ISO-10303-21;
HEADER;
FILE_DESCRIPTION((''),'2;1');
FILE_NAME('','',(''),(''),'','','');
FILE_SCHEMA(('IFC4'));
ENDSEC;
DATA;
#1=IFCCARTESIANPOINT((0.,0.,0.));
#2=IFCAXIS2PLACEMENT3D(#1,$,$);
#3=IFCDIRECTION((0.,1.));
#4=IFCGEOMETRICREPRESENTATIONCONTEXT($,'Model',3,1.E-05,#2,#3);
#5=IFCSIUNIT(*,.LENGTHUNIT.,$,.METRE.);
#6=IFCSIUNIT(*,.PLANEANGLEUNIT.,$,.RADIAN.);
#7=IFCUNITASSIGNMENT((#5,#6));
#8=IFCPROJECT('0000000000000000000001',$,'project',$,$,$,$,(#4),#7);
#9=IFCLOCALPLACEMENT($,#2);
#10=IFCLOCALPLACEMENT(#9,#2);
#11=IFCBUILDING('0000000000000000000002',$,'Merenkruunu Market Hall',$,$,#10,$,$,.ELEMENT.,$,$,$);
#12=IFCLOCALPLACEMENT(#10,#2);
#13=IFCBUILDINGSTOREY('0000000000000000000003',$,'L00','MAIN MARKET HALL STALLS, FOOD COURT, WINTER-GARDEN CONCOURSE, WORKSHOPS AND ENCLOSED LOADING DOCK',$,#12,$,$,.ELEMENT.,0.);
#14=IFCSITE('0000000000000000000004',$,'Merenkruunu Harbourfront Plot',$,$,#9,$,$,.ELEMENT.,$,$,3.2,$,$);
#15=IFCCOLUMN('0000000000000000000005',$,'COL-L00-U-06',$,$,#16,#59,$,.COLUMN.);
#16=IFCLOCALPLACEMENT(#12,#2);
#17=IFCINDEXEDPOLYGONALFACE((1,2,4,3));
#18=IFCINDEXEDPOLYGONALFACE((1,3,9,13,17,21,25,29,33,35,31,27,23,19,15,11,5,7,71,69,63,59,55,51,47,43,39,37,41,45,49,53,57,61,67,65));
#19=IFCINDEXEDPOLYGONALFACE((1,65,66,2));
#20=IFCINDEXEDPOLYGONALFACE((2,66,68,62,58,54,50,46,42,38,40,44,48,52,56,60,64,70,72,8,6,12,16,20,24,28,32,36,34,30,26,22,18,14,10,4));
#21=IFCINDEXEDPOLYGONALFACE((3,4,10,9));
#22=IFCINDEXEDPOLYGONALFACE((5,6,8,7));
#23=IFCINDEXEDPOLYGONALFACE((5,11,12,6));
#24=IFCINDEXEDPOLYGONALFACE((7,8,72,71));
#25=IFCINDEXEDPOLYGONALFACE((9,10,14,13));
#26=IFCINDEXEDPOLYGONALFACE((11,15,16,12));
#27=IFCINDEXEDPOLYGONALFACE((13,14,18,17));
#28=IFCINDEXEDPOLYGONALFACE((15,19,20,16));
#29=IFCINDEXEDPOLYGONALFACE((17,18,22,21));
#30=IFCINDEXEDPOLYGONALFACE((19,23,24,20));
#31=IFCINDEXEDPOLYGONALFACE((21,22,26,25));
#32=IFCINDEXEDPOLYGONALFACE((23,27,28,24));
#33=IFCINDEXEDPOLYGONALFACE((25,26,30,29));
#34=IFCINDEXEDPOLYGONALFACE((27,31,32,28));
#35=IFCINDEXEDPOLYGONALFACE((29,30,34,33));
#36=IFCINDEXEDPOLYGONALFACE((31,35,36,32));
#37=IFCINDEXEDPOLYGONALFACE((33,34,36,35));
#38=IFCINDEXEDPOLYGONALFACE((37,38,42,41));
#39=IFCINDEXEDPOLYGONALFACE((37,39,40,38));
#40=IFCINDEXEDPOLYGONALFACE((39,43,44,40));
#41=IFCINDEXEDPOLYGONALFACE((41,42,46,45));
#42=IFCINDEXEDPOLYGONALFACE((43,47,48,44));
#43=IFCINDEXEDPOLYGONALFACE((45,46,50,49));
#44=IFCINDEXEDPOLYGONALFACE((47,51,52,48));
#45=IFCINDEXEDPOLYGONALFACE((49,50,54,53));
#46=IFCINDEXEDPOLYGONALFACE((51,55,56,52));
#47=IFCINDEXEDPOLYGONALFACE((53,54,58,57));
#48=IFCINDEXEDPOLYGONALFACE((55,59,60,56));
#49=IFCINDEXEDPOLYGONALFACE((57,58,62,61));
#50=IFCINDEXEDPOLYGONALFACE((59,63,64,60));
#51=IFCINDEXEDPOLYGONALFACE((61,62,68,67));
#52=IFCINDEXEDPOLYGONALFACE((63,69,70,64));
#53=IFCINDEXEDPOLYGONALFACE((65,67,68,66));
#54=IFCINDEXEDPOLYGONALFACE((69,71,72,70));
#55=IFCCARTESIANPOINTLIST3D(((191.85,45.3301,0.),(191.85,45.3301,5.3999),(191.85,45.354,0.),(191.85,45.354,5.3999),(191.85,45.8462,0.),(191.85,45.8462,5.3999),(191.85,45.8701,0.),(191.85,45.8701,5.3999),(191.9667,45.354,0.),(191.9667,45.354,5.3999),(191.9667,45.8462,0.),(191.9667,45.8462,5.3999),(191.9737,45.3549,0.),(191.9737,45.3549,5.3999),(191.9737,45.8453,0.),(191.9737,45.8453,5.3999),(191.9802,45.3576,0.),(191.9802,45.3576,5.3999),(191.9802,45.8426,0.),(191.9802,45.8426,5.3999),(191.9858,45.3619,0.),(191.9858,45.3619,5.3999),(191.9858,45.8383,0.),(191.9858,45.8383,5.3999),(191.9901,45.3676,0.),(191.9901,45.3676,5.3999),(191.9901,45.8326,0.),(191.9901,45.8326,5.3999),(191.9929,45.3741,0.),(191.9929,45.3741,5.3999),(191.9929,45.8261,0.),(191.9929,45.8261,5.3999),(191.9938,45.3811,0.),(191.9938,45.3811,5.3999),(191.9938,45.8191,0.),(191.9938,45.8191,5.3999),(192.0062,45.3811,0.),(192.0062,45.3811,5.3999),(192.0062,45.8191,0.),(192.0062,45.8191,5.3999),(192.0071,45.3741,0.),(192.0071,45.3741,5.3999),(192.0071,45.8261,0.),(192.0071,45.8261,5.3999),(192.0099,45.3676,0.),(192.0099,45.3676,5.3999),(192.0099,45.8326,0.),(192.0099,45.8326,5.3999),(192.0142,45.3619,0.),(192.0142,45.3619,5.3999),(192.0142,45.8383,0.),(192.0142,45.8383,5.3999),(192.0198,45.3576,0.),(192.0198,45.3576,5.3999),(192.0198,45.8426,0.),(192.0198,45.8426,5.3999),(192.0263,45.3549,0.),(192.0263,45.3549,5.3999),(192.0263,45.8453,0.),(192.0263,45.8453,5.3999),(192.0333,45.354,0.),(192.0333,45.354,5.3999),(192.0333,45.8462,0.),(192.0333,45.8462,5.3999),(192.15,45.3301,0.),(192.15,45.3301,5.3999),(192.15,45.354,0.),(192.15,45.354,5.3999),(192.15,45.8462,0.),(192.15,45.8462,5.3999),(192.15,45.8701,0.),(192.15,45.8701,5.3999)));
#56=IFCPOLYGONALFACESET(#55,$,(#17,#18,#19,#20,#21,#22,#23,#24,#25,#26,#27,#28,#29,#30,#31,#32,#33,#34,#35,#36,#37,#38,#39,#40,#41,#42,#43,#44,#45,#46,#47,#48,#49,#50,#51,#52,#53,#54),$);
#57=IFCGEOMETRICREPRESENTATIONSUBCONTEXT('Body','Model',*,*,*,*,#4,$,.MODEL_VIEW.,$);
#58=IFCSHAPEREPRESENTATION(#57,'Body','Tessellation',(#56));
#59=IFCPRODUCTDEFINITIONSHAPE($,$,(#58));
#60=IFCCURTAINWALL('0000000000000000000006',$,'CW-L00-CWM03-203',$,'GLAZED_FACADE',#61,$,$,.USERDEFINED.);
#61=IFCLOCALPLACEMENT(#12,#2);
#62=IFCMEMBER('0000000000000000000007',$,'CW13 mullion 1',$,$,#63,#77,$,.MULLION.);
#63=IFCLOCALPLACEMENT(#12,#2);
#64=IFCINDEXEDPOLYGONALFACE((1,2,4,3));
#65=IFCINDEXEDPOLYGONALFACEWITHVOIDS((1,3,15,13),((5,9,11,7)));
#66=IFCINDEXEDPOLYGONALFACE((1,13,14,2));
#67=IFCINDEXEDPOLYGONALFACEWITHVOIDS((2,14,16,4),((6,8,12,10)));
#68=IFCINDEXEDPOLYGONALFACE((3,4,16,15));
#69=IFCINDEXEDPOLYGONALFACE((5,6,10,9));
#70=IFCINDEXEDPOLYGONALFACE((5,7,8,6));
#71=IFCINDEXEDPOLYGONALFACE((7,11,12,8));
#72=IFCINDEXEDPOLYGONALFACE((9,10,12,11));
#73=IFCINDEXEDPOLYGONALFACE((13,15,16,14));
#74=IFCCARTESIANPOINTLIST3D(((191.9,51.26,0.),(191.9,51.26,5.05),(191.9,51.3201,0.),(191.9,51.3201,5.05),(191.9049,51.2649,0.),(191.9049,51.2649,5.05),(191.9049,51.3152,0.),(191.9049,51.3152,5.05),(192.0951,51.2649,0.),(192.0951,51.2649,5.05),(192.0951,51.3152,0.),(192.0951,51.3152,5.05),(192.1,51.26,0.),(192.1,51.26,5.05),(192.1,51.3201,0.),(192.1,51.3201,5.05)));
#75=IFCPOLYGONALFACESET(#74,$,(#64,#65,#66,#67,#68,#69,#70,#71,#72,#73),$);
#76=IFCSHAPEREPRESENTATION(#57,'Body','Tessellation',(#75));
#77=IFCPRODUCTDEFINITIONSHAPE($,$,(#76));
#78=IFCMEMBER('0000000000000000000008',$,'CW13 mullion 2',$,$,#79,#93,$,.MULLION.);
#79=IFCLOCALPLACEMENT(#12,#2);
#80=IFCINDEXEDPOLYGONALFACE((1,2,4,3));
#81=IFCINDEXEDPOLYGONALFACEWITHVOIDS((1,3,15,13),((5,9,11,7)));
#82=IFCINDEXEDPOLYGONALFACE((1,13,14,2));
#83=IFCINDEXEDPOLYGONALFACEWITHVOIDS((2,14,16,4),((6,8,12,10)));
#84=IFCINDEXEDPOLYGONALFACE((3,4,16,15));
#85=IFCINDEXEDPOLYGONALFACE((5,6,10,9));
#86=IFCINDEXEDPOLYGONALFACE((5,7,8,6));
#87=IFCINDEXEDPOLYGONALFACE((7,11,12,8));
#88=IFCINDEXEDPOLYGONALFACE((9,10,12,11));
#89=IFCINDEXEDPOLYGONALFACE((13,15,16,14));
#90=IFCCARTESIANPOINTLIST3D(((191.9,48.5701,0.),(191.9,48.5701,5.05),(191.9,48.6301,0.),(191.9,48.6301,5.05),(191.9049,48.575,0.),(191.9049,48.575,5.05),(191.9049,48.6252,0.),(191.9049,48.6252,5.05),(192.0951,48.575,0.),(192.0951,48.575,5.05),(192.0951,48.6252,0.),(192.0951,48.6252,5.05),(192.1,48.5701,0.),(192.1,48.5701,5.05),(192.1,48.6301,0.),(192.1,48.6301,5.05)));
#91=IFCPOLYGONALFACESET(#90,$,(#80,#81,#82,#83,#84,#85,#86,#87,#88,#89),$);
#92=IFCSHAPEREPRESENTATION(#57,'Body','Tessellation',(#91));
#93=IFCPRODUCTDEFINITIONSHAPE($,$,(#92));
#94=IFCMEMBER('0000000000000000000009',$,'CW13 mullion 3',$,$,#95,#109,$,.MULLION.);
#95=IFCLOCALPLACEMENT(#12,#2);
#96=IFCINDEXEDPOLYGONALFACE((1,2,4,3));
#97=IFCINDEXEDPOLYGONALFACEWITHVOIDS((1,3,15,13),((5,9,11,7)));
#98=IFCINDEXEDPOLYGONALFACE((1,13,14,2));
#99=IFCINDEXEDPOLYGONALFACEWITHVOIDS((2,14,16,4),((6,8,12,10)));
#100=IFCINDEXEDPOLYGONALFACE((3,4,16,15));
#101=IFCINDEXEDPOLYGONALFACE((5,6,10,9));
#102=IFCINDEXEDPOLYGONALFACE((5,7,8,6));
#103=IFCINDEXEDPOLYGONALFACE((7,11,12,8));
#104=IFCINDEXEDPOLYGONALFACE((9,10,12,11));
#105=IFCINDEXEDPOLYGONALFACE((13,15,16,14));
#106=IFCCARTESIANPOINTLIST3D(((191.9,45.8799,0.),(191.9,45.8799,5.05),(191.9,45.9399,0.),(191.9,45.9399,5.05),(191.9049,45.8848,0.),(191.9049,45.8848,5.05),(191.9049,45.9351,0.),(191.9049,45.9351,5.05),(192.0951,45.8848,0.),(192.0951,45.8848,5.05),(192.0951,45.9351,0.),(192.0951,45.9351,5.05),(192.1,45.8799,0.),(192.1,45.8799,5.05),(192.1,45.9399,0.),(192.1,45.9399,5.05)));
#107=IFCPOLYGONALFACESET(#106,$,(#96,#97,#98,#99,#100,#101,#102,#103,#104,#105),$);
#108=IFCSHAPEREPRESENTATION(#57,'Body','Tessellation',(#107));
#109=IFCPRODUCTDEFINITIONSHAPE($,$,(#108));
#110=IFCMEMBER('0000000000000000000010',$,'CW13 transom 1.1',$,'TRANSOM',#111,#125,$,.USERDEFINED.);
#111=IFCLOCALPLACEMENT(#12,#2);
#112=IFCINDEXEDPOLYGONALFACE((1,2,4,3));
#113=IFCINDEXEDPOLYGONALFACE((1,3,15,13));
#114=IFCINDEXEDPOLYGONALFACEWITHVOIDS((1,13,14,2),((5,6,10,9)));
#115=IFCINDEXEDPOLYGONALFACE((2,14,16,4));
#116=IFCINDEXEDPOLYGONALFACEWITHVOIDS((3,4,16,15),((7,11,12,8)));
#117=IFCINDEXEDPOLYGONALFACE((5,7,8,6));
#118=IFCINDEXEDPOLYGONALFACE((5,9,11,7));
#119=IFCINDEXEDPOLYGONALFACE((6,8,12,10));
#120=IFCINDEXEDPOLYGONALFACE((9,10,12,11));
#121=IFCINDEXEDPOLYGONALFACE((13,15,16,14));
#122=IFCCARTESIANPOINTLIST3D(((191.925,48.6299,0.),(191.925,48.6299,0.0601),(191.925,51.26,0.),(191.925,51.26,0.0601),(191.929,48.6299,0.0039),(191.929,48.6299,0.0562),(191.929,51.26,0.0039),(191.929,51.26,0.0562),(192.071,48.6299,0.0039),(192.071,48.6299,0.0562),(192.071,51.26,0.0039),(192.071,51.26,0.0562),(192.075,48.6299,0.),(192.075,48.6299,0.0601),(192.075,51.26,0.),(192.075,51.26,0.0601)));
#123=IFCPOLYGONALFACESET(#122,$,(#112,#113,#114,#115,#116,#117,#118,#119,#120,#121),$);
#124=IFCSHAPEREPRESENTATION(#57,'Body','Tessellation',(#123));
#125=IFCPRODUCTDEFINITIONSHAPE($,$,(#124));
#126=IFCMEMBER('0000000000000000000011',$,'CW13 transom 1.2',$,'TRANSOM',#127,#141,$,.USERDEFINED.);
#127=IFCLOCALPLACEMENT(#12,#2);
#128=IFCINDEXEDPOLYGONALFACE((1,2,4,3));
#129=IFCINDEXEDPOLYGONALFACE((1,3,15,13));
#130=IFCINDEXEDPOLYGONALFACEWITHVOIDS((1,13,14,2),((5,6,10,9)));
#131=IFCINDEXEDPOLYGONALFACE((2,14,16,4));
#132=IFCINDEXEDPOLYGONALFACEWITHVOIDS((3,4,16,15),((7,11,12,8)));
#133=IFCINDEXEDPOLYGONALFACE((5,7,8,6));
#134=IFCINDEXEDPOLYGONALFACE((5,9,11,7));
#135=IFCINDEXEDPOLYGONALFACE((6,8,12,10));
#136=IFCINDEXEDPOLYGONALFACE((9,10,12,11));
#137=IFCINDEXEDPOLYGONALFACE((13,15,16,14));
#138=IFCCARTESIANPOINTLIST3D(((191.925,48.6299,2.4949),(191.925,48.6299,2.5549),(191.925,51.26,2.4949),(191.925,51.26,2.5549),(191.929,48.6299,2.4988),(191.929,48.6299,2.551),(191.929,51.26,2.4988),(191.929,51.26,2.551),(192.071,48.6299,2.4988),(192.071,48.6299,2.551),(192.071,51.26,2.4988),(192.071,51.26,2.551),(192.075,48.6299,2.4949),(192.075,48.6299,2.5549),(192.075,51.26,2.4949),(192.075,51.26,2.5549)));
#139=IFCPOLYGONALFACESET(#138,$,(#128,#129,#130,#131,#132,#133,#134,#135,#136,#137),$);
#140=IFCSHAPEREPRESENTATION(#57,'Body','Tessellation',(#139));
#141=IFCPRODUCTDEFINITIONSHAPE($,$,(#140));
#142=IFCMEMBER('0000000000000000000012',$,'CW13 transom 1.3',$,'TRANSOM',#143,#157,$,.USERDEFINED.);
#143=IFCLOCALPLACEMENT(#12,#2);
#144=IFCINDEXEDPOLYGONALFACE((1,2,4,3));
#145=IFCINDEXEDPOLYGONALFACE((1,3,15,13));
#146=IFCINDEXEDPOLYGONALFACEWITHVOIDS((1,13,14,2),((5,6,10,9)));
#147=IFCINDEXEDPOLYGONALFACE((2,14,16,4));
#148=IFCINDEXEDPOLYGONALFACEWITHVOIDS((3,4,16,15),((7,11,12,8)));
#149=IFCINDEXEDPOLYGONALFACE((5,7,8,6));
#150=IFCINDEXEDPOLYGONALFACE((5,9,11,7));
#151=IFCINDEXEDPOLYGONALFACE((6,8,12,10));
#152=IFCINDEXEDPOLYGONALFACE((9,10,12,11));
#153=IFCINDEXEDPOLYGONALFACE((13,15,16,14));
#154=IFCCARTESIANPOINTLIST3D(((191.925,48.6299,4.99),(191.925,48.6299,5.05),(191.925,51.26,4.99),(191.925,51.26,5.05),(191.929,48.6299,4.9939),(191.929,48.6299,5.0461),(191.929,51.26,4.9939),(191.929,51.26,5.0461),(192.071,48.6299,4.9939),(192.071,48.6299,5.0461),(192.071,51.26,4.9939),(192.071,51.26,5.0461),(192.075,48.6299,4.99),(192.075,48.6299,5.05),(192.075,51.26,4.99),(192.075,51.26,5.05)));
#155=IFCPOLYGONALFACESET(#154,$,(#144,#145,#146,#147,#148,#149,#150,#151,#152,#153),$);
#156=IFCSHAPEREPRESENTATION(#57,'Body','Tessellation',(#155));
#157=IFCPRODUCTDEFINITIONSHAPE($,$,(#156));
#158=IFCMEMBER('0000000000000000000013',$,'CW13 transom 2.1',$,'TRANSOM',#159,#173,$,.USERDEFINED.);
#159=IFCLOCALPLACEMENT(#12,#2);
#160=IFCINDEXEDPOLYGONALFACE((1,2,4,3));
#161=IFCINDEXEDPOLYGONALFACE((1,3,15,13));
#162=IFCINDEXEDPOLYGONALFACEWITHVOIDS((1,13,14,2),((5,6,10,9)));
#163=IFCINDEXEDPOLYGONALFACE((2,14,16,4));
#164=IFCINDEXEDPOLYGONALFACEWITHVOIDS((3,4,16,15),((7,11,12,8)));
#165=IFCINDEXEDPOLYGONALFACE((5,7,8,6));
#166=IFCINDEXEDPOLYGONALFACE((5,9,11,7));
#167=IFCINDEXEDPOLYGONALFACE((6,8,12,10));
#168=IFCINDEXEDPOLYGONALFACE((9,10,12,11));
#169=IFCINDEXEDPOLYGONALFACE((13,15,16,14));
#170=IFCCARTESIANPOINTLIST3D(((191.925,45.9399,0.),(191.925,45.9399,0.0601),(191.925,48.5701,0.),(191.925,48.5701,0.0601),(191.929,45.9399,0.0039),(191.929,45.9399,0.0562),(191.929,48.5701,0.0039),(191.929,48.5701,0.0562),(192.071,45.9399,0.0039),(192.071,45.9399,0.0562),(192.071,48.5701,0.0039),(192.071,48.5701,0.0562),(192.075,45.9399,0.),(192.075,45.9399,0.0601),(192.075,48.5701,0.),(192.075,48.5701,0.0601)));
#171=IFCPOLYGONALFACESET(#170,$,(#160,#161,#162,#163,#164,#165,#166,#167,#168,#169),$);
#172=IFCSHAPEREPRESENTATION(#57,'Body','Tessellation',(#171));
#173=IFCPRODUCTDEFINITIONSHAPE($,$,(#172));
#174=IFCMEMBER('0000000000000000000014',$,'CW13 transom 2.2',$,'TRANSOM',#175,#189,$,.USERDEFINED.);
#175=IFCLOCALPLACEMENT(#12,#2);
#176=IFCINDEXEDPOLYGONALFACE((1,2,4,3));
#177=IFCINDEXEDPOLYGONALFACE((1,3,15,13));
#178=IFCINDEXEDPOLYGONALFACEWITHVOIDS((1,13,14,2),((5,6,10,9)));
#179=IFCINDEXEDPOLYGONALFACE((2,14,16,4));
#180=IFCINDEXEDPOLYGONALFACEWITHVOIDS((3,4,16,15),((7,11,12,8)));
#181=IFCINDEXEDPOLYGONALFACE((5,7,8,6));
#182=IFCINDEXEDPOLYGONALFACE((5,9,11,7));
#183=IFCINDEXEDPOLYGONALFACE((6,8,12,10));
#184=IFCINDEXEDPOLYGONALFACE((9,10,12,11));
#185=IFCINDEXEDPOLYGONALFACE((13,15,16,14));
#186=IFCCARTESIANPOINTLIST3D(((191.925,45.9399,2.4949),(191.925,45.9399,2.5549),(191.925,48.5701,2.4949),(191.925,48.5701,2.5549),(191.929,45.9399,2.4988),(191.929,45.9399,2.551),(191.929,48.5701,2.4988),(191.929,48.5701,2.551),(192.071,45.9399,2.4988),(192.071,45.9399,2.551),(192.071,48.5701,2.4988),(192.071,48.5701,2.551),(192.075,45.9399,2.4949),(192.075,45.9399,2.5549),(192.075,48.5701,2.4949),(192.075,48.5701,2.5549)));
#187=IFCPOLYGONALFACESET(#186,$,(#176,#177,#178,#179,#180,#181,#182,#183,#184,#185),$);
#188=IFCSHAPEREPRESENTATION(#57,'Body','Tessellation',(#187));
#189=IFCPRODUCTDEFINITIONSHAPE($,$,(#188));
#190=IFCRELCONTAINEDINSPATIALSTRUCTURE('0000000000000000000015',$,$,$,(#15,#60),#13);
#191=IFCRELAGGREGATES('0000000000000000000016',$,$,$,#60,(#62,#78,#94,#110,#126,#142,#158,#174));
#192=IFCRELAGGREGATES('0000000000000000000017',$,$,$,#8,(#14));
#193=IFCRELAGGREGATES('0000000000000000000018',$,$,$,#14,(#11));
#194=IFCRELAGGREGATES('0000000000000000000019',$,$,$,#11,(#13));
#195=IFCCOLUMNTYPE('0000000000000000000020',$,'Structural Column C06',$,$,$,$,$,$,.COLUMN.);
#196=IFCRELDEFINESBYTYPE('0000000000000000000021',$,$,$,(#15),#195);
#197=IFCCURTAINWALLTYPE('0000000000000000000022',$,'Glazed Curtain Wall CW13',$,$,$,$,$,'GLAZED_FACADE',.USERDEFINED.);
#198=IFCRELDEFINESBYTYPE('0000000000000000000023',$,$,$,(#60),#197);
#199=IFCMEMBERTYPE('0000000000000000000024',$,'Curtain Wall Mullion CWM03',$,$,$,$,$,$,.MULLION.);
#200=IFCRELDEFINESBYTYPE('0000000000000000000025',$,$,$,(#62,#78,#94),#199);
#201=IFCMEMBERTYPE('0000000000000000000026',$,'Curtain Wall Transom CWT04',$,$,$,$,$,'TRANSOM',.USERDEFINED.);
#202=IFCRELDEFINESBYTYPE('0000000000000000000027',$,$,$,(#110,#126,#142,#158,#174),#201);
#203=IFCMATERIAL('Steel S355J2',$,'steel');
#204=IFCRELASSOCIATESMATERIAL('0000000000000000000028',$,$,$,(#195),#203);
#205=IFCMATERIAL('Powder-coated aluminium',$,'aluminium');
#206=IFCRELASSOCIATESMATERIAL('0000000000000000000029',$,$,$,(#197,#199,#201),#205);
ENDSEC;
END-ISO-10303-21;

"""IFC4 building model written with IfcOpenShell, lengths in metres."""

from ifc_helpers import new_model, si_unit, direction, frame, origin, origin_2d, place, context, subcontext, project, spatial, hollow_rectangle, i_section, extrude, material, material_profile, profile_set, type_object, element, aggregate, save


model = new_model("IFC4")

# Units and contexts
model_context = context("Model", 3, precision=1e-05, world=origin(), true_north=direction((0.0, 1.0)))
body_context = subcontext(model_context, "Body", "Model", "MODEL_VIEW")
ifc_project = project(units=[si_unit("LENGTHUNIT", "METRE"), si_unit("PLANEANGLEUNIT", "RADIAN")], contexts=[model_context])

# Site, building, storey
site_placement = place(None, origin())
site = spatial("IfcSite", under=ifc_project, at=site_placement, Name="Merenkruunu Harbourfront Plot", CompositionType="ELEMENT", RefElevation=3.2)
building_placement = place(site_placement, origin())
building = spatial("IfcBuilding", under=site, at=building_placement, Name="Merenkruunu Market Hall", CompositionType="ELEMENT")
storey_placement = place(building_placement, origin())
storey = spatial("IfcBuildingStorey", under=building, at=storey_placement, Name="L00", Description="MAIN MARKET HALL STALLS, FOOD COURT, WINTER-GARDEN CONCOURSE, WORKSHOPS AND ENCLOSED LOADING DOCK", CompositionType="ELEMENT", Elevation=0.0)

# Column
ifc_material_1 = material(Name="Steel S355J2", Category="steel")
ifc_material_profile_1 = material_profile(ifc_material_1, i_section(OverallWidth=0.3, OverallDepth=0.54, WebThickness=0.0125, FlangeThickness=0.0239, FilletRadius=0.0271, at=origin_2d()), Name="HEA 550")
ifc_profile_set_1 = profile_set([ifc_material_profile_1], Name="Steel S355J2")
column_type = type_object("IfcColumnType", Name="Structural Column C06", PredefinedType="COLUMN", material=ifc_profile_set_1)
for number, where, z_axis, x_axis, name in (
    (1, (192.0, 45.6001, 0.0), (0.0, 0.0, 1.0), (1.0, 0.0, 0.0), "COL-L00-U-06"),
):
    element("IfcColumn", number, at=place(storey_placement, frame(where, z_axis=z_axis, x_axis=x_axis)), inside=storey, type_object=column_type, Name=name, PredefinedType="COLUMN", context=body_context, shape_type="SweptSolid", body=[
        extrude(i_section(OverallWidth=0.3, OverallDepth=0.54, WebThickness=0.0125, FlangeThickness=0.0239, FilletRadius=0.0271, at=origin_2d()), origin(), (0.0, 0.0, 1.0), 5.3999),
    ])

# Curtain wall, members
ifc_material_2 = material(Name="Powder-coated aluminium", Category="aluminium")
curtain_wall_type = type_object("IfcCurtainWallType", Name="Glazed Curtain Wall CW13", ElementType="GLAZED_FACADE", PredefinedType="USERDEFINED", material=ifc_material_2)
curtain_wall_placement = place(storey_placement, origin())
curtain_wall = element("IfcCurtainWall", 2, at=curtain_wall_placement, inside=storey, type_object=curtain_wall_type, Name="CW-L00-CWM03-203", ObjectType="GLAZED_FACADE", PredefinedType="USERDEFINED")
ifc_material_profile_2 = material_profile(ifc_material_2, hollow_rectangle(XDim=0.0601, YDim=0.2, WallThickness=0.0049, at=origin_2d()), Name="ALU 60x200x5")
ifc_profile_set_2 = profile_set([ifc_material_profile_2], Name="Powder-coated aluminium")
member_type_1 = type_object("IfcMemberType", Name="Curtain Wall Mullion CWM03", PredefinedType="MULLION", material=ifc_profile_set_2)
member_1_placement = place(storey_placement, frame((192.0, 51.29, 0.0), z_axis=(0.0, 0.0, 1.0), x_axis=(0.0, -1.0, 0.0)))
member_1 = element("IfcMember", 3, at=member_1_placement, type_object=member_type_1, Name="CW13 mullion 1", PredefinedType="MULLION", context=body_context, shape_type="SweptSolid", body=[
    extrude(hollow_rectangle(XDim=0.0601, YDim=0.2, WallThickness=0.0049, at=origin_2d()), origin(), (0.0, 0.0, 1.0), 5.05),
])
member_2_placement = place(storey_placement, frame((192.0, 48.6001, 0.0), z_axis=(0.0, 0.0, 1.0), x_axis=(0.0, -1.0, 0.0)))
member_2 = element("IfcMember", 4, at=member_2_placement, type_object=member_type_1, Name="CW13 mullion 2", PredefinedType="MULLION", context=body_context, shape_type="SweptSolid", body=[
    extrude(hollow_rectangle(XDim=0.0601, YDim=0.2, WallThickness=0.0049, at=origin_2d()), origin(), (0.0, 0.0, 1.0), 5.05),
])
member_3_placement = place(storey_placement, frame((192.0, 45.9099, 0.0), z_axis=(0.0, 0.0, 1.0), x_axis=(0.0, -1.0, 0.0)))
member_3 = element("IfcMember", 5, at=member_3_placement, type_object=member_type_1, Name="CW13 mullion 3", PredefinedType="MULLION", context=body_context, shape_type="SweptSolid", body=[
    extrude(hollow_rectangle(XDim=0.0601, YDim=0.2, WallThickness=0.0049, at=origin_2d()), origin(), (0.0, 0.0, 1.0), 5.05),
])
ifc_material_profile_3 = material_profile(ifc_material_2, hollow_rectangle(XDim=0.0601, YDim=0.1499, WallThickness=0.0039, at=origin_2d()), Name="ALU 60x150x4")
ifc_profile_set_3 = profile_set([ifc_material_profile_3], Name="Powder-coated aluminium")
member_type_2 = type_object("IfcMemberType", Name="Curtain Wall Transom CWT04", ElementType="TRANSOM", PredefinedType="USERDEFINED", material=ifc_profile_set_3)
member_4_placement = place(storey_placement, frame((192.0, 51.26, 0.03), z_axis=(0.0, -1.0, 0.0), x_axis=(0.0, 0.0, 1.0)))
member_4 = element("IfcMember", 6, at=member_4_placement, type_object=member_type_2, Name="CW13 transom 1.1", ObjectType="TRANSOM", PredefinedType="USERDEFINED", context=body_context, shape_type="SweptSolid", body=[
    extrude(hollow_rectangle(XDim=0.0601, YDim=0.1499, WallThickness=0.0039, at=origin_2d()), origin(), (0.0, 0.0, 1.0), 2.6301),
])
member_5_placement = place(storey_placement, frame((192.0, 51.26, 2.5249), z_axis=(0.0, -1.0, 0.0), x_axis=(0.0, 0.0, 1.0)))
member_5 = element("IfcMember", 7, at=member_5_placement, type_object=member_type_2, Name="CW13 transom 1.2", ObjectType="TRANSOM", PredefinedType="USERDEFINED", context=body_context, shape_type="SweptSolid", body=[
    extrude(hollow_rectangle(XDim=0.0601, YDim=0.1499, WallThickness=0.0039, at=origin_2d()), origin(), (0.0, 0.0, 1.0), 2.6301),
])
member_6_placement = place(storey_placement, frame((192.0, 51.26, 5.02), z_axis=(0.0, -1.0, 0.0), x_axis=(0.0, 0.0, 1.0)))
member_6 = element("IfcMember", 8, at=member_6_placement, type_object=member_type_2, Name="CW13 transom 1.3", ObjectType="TRANSOM", PredefinedType="USERDEFINED", context=body_context, shape_type="SweptSolid", body=[
    extrude(hollow_rectangle(XDim=0.0601, YDim=0.1499, WallThickness=0.0039, at=origin_2d()), origin(), (0.0, 0.0, 1.0), 2.6301),
])
member_7_placement = place(storey_placement, frame((192.0, 48.5701, 0.03), z_axis=(0.0, -1.0, 0.0), x_axis=(0.0, 0.0, 1.0)))
member_7 = element("IfcMember", 9, at=member_7_placement, type_object=member_type_2, Name="CW13 transom 2.1", ObjectType="TRANSOM", PredefinedType="USERDEFINED", context=body_context, shape_type="SweptSolid", body=[
    extrude(hollow_rectangle(XDim=0.0601, YDim=0.1499, WallThickness=0.0039, at=origin_2d()), origin(), (0.0, 0.0, 1.0), 2.6301),
])
member_8_placement = place(storey_placement, frame((192.0, 48.5701, 2.5249), z_axis=(0.0, -1.0, 0.0), x_axis=(0.0, 0.0, 1.0)))
member_8 = element("IfcMember", 10, at=member_8_placement, type_object=member_type_2, Name="CW13 transom 2.2", ObjectType="TRANSOM", PredefinedType="USERDEFINED", context=body_context, shape_type="SweptSolid", body=[
    extrude(hollow_rectangle(XDim=0.0601, YDim=0.1499, WallThickness=0.0039, at=origin_2d()), origin(), (0.0, 0.0, 1.0), 2.6301),
])

aggregate(curtain_wall, [member_1, member_2, member_3, member_4, member_5, member_6, member_7, member_8])

save(model, "model.ifc")
